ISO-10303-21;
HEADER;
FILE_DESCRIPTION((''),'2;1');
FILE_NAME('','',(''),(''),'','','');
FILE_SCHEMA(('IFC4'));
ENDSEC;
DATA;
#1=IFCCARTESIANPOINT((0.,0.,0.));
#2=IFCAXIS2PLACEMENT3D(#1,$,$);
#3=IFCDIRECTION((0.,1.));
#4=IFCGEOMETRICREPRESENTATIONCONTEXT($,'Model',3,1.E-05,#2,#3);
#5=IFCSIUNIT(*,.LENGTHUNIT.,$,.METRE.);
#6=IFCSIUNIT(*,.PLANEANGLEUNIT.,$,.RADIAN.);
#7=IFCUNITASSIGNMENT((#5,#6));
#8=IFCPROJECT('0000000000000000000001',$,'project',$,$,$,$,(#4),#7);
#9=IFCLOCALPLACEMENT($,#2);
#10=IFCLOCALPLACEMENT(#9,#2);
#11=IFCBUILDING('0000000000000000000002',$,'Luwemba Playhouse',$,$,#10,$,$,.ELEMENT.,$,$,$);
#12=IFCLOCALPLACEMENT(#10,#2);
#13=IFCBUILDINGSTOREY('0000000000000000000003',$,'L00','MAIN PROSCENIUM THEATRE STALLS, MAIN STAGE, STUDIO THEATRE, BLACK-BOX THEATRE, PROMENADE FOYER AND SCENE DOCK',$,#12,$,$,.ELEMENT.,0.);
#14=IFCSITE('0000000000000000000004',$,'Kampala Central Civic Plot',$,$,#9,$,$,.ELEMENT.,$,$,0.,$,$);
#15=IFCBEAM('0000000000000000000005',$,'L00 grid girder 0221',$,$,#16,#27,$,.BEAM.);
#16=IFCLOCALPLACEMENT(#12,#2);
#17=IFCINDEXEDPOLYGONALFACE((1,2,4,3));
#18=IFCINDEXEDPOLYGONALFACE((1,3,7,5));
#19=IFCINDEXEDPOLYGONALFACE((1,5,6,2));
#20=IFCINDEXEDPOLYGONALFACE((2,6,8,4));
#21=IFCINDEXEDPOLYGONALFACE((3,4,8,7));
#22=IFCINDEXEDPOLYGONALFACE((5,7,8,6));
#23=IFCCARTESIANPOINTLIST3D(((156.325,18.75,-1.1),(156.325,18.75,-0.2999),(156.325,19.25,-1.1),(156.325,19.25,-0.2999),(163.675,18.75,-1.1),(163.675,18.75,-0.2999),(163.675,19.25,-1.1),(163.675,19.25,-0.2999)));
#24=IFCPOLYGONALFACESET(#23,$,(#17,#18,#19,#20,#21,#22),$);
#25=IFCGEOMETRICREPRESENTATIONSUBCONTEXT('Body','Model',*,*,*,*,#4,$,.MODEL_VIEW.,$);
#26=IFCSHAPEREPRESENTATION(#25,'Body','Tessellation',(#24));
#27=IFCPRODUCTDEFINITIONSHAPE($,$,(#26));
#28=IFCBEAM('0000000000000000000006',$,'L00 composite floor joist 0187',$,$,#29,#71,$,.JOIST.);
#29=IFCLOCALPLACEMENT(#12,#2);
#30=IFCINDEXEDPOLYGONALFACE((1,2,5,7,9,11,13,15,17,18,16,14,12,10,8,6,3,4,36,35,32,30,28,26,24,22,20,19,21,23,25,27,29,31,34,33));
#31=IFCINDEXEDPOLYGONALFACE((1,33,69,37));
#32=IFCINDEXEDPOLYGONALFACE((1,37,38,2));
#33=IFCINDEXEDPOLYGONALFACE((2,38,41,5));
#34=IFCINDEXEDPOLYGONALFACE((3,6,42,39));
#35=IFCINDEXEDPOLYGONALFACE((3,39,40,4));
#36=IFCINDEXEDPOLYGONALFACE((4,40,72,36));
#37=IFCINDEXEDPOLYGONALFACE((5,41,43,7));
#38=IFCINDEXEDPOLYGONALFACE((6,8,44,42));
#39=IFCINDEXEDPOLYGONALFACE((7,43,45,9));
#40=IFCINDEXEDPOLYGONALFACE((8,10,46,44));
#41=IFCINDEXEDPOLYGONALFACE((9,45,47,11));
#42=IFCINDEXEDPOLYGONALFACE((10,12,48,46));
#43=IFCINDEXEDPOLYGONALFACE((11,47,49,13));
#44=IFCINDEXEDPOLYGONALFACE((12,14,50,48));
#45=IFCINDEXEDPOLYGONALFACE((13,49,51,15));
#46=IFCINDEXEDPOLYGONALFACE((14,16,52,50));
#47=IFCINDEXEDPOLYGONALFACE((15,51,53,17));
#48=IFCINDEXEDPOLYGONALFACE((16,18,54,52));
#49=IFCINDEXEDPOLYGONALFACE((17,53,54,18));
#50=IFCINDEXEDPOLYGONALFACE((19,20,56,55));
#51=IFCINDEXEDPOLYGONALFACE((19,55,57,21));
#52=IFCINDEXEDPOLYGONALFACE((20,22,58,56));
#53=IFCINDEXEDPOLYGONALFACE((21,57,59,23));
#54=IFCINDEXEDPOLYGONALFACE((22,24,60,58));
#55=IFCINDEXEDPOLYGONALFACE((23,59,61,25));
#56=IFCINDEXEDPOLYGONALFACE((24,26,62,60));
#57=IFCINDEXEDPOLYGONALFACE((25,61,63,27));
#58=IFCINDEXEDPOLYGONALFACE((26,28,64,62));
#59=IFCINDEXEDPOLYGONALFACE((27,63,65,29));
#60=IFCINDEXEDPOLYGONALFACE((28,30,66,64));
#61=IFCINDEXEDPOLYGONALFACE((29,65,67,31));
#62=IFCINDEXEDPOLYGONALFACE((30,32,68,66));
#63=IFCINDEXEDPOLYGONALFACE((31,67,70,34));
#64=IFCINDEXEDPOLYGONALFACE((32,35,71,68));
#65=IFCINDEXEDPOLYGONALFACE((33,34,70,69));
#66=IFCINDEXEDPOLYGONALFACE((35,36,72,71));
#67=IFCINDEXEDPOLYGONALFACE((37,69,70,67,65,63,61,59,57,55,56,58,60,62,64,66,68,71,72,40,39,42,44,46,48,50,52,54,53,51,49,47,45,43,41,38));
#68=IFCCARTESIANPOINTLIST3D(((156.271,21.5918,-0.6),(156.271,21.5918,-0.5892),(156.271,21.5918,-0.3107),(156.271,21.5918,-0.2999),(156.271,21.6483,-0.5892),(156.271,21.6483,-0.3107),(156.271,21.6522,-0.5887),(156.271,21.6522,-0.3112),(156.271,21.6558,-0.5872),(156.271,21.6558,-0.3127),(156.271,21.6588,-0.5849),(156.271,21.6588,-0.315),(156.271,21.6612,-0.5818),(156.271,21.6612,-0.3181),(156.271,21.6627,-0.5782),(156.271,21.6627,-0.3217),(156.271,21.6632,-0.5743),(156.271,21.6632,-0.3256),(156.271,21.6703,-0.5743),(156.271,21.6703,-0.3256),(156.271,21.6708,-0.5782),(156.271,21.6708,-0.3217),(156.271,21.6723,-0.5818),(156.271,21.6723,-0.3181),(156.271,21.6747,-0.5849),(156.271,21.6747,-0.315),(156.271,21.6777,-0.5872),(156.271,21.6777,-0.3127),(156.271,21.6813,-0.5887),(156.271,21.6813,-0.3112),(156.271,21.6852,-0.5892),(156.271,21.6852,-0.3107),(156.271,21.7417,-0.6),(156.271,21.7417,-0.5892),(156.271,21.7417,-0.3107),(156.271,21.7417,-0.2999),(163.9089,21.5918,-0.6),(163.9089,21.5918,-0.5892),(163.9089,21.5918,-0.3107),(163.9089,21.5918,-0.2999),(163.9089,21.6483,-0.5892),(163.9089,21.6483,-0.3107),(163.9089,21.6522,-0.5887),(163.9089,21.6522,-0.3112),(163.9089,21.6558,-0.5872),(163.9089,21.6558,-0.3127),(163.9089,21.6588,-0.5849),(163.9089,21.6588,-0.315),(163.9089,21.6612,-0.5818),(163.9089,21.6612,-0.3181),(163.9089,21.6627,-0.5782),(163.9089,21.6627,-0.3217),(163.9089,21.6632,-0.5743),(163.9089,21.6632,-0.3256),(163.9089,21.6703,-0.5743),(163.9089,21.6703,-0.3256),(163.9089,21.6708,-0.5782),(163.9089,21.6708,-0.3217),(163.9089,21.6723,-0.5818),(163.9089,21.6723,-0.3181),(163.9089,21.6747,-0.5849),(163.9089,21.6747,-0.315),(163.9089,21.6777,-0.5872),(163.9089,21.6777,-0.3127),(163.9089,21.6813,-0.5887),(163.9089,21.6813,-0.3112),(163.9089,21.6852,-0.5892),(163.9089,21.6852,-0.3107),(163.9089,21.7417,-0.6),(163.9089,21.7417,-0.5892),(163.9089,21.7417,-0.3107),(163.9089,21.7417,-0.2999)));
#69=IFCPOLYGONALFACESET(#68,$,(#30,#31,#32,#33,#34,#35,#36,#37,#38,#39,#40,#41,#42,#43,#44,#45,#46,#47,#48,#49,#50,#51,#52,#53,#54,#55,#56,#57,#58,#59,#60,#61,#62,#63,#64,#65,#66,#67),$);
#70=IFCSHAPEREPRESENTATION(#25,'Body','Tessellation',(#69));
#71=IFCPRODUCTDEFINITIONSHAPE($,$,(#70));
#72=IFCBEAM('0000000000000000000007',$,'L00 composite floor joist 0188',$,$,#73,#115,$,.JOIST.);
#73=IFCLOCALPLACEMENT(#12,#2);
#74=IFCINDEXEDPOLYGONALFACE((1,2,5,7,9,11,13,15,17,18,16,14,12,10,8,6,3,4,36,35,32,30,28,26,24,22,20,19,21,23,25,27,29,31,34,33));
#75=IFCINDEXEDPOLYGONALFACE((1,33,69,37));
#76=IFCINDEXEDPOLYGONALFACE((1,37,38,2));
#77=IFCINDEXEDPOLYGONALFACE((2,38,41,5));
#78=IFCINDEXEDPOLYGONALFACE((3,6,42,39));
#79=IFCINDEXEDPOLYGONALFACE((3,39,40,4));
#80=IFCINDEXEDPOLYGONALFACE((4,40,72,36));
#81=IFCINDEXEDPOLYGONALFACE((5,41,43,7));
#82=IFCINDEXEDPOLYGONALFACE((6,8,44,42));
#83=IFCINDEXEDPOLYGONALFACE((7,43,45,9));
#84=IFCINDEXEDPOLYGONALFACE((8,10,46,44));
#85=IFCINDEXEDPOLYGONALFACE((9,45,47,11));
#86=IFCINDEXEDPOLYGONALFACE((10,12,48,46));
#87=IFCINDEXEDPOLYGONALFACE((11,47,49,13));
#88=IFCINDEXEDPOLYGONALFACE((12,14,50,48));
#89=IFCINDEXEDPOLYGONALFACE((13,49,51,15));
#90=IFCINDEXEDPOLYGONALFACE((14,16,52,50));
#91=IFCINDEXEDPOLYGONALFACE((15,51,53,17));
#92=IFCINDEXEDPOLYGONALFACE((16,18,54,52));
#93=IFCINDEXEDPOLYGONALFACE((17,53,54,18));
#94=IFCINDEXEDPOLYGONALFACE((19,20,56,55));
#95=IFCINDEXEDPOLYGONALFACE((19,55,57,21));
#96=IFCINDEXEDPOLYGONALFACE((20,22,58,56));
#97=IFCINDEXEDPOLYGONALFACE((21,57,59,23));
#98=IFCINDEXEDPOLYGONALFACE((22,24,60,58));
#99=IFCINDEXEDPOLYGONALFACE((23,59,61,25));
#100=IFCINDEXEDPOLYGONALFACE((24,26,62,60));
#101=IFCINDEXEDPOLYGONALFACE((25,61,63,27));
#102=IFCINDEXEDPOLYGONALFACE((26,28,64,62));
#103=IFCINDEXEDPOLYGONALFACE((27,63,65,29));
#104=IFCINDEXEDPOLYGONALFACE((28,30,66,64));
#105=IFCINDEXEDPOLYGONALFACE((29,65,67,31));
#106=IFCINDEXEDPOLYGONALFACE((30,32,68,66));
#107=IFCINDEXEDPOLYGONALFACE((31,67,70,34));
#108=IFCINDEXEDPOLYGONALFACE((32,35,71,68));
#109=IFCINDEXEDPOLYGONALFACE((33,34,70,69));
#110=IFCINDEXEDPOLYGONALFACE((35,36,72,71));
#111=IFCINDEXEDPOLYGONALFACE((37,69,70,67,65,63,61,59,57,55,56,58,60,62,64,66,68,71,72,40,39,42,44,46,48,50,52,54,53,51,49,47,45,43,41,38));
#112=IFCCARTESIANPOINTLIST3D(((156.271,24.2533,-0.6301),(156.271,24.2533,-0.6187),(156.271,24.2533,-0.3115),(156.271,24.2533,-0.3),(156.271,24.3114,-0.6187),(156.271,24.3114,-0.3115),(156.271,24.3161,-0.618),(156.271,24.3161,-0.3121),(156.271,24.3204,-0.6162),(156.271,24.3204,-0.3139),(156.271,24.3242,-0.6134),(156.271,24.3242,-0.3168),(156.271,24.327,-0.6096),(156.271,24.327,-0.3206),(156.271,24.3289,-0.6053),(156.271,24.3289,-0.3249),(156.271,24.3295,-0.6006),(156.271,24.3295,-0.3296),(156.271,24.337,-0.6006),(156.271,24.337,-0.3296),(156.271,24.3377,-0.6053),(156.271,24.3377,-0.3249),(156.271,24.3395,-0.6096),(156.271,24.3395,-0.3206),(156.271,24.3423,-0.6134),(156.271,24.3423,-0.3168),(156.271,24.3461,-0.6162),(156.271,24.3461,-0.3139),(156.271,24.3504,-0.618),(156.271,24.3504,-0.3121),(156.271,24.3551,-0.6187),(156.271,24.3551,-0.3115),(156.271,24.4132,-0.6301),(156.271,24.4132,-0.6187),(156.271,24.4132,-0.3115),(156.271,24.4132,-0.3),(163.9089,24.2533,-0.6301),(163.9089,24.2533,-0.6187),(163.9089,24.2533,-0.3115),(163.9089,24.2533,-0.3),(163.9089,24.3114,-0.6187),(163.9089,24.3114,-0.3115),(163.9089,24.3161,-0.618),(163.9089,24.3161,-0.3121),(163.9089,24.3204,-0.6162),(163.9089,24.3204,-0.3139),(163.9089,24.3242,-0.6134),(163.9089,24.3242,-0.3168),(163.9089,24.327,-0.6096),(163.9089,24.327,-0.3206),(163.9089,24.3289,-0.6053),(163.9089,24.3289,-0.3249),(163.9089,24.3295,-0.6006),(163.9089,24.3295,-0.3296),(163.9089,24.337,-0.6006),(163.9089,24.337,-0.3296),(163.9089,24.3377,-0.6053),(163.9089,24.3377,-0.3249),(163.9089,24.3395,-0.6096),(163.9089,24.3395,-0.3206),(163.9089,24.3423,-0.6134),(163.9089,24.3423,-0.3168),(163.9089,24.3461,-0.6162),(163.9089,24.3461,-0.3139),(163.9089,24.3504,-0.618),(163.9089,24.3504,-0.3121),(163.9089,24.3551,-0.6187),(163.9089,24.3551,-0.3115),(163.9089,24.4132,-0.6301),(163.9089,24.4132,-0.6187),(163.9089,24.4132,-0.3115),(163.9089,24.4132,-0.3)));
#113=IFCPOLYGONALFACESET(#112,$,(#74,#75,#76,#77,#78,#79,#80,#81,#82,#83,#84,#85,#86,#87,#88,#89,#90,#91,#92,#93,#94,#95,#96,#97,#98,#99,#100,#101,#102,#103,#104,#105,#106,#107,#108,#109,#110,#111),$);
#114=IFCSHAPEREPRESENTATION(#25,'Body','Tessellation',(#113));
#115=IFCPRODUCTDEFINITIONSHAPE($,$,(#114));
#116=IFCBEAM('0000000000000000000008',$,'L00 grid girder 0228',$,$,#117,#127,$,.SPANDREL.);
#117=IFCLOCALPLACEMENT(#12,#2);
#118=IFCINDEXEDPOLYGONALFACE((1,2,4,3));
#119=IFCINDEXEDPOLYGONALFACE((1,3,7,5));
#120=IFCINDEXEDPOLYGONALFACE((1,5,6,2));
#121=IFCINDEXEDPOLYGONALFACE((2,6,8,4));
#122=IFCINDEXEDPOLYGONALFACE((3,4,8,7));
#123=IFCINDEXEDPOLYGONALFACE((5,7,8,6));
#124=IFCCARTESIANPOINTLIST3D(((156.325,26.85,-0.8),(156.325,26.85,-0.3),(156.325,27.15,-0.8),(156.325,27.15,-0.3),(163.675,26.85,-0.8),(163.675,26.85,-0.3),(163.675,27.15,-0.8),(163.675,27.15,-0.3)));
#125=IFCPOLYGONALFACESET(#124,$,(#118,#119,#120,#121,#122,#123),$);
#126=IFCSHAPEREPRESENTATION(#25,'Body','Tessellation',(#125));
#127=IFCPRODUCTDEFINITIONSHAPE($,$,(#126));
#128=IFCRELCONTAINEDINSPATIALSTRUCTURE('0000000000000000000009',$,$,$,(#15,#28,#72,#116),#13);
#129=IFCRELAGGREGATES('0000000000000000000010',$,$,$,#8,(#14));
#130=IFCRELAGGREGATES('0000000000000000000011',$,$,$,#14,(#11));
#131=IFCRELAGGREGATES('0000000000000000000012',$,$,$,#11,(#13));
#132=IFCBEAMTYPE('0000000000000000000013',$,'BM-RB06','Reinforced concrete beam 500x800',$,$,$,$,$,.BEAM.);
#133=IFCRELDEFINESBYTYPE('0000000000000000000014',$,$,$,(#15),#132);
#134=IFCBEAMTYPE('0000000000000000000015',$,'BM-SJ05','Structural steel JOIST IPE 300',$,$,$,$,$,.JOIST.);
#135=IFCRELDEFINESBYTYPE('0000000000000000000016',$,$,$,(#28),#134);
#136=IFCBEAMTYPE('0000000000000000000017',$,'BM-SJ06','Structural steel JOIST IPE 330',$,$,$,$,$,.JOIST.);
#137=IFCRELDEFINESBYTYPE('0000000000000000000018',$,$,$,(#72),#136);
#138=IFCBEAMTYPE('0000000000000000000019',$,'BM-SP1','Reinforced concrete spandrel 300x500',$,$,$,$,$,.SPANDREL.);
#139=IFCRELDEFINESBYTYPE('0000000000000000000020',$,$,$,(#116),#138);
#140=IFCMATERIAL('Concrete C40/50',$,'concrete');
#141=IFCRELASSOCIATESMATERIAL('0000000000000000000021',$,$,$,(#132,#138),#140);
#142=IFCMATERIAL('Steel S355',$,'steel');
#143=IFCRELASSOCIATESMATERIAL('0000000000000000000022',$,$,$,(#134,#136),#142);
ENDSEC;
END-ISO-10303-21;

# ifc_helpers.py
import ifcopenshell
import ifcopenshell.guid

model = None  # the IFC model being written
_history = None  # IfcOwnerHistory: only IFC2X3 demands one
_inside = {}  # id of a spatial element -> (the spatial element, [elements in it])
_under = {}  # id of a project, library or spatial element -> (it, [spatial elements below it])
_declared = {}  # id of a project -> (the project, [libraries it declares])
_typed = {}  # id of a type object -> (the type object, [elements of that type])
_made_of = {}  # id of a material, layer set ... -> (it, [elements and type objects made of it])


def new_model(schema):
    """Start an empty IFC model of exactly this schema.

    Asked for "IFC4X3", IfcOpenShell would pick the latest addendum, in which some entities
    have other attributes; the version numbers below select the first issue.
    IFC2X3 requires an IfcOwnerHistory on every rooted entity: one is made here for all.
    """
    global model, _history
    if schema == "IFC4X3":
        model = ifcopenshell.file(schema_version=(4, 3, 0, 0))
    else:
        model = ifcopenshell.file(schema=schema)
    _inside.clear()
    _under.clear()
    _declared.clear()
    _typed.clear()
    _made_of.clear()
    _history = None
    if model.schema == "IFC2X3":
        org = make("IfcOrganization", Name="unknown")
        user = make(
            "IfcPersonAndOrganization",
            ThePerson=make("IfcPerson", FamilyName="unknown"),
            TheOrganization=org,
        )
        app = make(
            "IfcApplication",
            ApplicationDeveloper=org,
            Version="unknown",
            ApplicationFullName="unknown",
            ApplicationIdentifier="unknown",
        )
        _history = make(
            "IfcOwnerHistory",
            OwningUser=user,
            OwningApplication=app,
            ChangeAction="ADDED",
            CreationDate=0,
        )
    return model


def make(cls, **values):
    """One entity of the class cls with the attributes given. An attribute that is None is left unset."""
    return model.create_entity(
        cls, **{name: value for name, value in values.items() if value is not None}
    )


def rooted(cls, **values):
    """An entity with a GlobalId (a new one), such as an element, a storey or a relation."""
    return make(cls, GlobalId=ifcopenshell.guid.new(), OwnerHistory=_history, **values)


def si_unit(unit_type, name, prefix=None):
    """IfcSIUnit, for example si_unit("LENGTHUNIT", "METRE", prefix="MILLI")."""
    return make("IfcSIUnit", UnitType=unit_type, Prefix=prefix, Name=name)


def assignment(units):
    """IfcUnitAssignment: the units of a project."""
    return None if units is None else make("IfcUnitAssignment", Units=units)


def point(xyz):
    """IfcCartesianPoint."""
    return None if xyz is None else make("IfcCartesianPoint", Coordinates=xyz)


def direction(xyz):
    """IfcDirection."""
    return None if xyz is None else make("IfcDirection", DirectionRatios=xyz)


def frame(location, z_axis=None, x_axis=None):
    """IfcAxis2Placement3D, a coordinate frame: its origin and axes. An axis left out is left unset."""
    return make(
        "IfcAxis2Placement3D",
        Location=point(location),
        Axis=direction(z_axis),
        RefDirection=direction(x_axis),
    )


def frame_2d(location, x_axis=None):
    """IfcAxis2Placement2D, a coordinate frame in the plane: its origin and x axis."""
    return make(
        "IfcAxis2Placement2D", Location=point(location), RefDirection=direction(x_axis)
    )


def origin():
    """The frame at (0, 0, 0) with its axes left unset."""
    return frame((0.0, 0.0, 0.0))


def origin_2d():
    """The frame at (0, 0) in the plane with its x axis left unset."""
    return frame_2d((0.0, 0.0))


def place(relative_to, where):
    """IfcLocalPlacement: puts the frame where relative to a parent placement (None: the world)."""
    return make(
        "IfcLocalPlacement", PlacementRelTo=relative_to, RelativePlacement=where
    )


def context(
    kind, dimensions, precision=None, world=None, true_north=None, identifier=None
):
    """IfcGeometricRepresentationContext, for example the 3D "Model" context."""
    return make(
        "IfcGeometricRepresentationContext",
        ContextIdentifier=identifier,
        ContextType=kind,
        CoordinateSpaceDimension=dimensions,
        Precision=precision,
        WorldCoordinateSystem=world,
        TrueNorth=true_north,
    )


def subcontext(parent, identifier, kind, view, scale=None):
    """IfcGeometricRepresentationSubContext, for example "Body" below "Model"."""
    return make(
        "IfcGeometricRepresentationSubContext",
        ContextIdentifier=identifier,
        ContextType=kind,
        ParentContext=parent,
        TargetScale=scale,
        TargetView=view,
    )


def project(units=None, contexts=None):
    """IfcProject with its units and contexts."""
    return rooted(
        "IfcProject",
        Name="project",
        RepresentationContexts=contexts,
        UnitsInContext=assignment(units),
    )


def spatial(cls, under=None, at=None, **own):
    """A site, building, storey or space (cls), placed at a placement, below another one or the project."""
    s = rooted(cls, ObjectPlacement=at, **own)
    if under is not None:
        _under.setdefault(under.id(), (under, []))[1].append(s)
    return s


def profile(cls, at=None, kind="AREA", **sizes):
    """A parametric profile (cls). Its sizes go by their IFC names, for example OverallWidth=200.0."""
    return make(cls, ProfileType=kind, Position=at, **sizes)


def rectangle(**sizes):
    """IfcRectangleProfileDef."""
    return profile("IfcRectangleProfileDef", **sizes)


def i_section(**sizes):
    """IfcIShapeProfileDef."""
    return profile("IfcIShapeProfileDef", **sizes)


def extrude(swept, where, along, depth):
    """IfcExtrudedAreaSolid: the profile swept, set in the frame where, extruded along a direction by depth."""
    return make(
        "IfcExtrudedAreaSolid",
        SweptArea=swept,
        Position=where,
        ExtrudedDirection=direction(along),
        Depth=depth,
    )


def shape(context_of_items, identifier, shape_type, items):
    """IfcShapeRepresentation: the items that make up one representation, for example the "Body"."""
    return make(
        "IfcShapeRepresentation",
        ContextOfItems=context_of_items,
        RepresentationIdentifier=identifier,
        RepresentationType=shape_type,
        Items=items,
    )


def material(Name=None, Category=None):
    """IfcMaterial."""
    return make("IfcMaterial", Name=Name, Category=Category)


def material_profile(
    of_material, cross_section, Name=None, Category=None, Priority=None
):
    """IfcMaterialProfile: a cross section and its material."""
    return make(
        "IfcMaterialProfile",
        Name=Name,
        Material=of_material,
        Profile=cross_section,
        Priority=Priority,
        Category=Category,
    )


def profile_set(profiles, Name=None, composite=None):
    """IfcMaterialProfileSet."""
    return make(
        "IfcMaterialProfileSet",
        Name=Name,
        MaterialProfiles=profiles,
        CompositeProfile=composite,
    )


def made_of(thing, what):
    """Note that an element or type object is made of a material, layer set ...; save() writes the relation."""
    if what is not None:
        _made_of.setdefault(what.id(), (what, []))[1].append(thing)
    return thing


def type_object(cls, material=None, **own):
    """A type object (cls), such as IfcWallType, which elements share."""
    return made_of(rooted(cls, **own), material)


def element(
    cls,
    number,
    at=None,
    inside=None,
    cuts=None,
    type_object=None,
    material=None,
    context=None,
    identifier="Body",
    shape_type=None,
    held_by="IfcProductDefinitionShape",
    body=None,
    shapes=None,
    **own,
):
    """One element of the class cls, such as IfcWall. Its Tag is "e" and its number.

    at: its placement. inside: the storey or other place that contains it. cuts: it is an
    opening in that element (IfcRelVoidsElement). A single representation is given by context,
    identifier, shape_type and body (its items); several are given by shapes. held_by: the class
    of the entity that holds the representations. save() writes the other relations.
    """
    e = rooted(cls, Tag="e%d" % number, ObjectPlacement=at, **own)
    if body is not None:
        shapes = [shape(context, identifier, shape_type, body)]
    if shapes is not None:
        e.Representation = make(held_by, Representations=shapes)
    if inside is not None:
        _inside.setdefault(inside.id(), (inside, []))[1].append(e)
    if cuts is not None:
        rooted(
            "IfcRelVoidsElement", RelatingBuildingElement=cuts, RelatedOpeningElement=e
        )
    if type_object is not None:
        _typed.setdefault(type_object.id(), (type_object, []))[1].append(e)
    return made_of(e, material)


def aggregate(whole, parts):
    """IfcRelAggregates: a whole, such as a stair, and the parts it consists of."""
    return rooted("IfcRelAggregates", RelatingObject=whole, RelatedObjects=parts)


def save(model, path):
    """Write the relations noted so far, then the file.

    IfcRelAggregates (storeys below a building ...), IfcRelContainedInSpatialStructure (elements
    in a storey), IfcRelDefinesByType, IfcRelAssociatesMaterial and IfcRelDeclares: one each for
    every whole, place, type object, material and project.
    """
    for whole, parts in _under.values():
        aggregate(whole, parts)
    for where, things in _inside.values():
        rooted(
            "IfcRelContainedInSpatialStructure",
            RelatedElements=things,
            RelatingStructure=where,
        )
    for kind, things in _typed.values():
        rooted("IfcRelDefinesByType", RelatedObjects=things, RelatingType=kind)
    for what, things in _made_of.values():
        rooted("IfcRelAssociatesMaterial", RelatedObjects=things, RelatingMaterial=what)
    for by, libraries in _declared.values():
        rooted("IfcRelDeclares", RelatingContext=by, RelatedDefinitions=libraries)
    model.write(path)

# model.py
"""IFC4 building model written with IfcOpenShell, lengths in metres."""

from ifc_helpers import new_model, si_unit, direction, frame, origin, origin_2d, place, context, subcontext, project, spatial, rectangle, i_section, extrude, material, material_profile, profile_set, type_object, element, save


model = new_model("IFC4")

# Units and contexts
model_context = context("Model", 3, precision=1e-05, world=origin(), true_north=direction((0.0, 1.0)))
body_context = subcontext(model_context, "Body", "Model", "MODEL_VIEW")
ifc_project = project(units=[si_unit("LENGTHUNIT", "METRE"), si_unit("PLANEANGLEUNIT", "RADIAN")], contexts=[model_context])

# Site, building, storey
site_placement = place(None, origin())
site = spatial("IfcSite", under=ifc_project, at=site_placement, Name="Kampala Central Civic Plot", CompositionType="ELEMENT", RefElevation=0.0)
building_placement = place(site_placement, origin())
building = spatial("IfcBuilding", under=site, at=building_placement, Name="Luwemba Playhouse", CompositionType="ELEMENT")
storey_placement = place(building_placement, origin())
storey = spatial("IfcBuildingStorey", under=building, at=storey_placement, Name="L00", Description="MAIN PROSCENIUM THEATRE STALLS, MAIN STAGE, STUDIO THEATRE, BLACK-BOX THEATRE, PROMENADE FOYER AND SCENE DOCK", CompositionType="ELEMENT", Elevation=0.0)

# Beams
ifc_material_1 = material(Name="Concrete C40/50", Category="concrete")
ifc_material_profile_1 = material_profile(ifc_material_1, rectangle(XDim=0.5, YDim=0.8, at=origin_2d()))
ifc_profile_set_1 = profile_set([ifc_material_profile_1], Name="Concrete C40/50")
beam_type_1 = type_object("IfcBeamType", Name="BM-RB06", Description="Reinforced concrete beam 500x800", PredefinedType="BEAM", material=ifc_profile_set_1)
beam_1_placement = place(storey_placement, frame((156.325, 19.0, -0.7), z_axis=(1.0, 0.0, 0.0), x_axis=(0.0, 1.0, 0.0)))
element("IfcBeam", 1, at=beam_1_placement, inside=storey, type_object=beam_type_1, Name="L00 grid girder 0221", PredefinedType="BEAM", context=body_context, shape_type="SweptSolid", body=[
    extrude(rectangle(XDim=0.5, YDim=0.8, at=origin_2d()), origin(), (0.0, 0.0, 1.0), 7.3501),
])
ifc_material_2 = material(Name="Steel S355", Category="steel")
ifc_material_profile_2 = material_profile(ifc_material_2, i_section(OverallWidth=0.1499, OverallDepth=0.3, WebThickness=0.0071, FlangeThickness=0.0107, FilletRadius=0.0149, at=origin_2d()))
ifc_profile_set_2 = profile_set([ifc_material_profile_2], Name="Steel S355")
beam_type_2 = type_object("IfcBeamType", Name="BM-SJ05", Description="Structural steel JOIST IPE 300", PredefinedType="JOIST", material=ifc_profile_set_2)
beam_2_placement = place(storey_placement, frame((156.271, 21.6667, -0.45), z_axis=(1.0, 0.0, 0.0), x_axis=(0.0, 1.0, 0.0)))
element("IfcBeam", 2, at=beam_2_placement, inside=storey, type_object=beam_type_2, Name="L00 composite floor joist 0187", PredefinedType="JOIST", context=body_context, shape_type="SweptSolid", body=[
    extrude(i_section(OverallWidth=0.1499, OverallDepth=0.3, WebThickness=0.0071, FlangeThickness=0.0107, FilletRadius=0.0149, at=origin_2d()), origin(), (0.0, 0.0, 1.0), 7.6379),
])
ifc_material_profile_3 = material_profile(ifc_material_2, i_section(OverallWidth=0.1599, OverallDepth=0.3301, WebThickness=0.0076, FlangeThickness=0.0115, FilletRadius=0.0181, at=origin_2d()))
ifc_profile_set_3 = profile_set([ifc_material_profile_3], Name="Steel S355")
beam_type_3 = type_object("IfcBeamType", Name="BM-SJ06", Description="Structural steel JOIST IPE 330", PredefinedType="JOIST", material=ifc_profile_set_3)
beam_3_placement = place(storey_placement, frame((156.271, 24.3333, -0.4651), z_axis=(1.0, 0.0, 0.0), x_axis=(0.0, 1.0, 0.0)))
element("IfcBeam", 3, at=beam_3_placement, inside=storey, type_object=beam_type_3, Name="L00 composite floor joist 0188", PredefinedType="JOIST", context=body_context, shape_type="SweptSolid", body=[
    extrude(i_section(OverallWidth=0.1599, OverallDepth=0.3301, WebThickness=0.0076, FlangeThickness=0.0115, FilletRadius=0.0181, at=origin_2d()), origin(), (0.0, 0.0, 1.0), 7.6379),
])
ifc_material_profile_4 = material_profile(ifc_material_1, rectangle(XDim=0.3, YDim=0.5, at=origin_2d()))
ifc_profile_set_4 = profile_set([ifc_material_profile_4], Name="Concrete C40/50")
beam_type_4 = type_object("IfcBeamType", Name="BM-SP1", Description="Reinforced concrete spandrel 300x500", PredefinedType="SPANDREL", material=ifc_profile_set_4)
beam_4_placement = place(storey_placement, frame((156.325, 27.0, -0.55), z_axis=(1.0, 0.0, 0.0), x_axis=(0.0, 1.0, 0.0)))
element("IfcBeam", 4, at=beam_4_placement, inside=storey, type_object=beam_type_4, Name="L00 grid girder 0228", PredefinedType="SPANDREL", context=body_context, shape_type="SweptSolid", body=[
    extrude(rectangle(XDim=0.3, YDim=0.5, at=origin_2d()), origin(), (0.0, 0.0, 1.0), 7.3501),
])

save(model, "model.ifc")
